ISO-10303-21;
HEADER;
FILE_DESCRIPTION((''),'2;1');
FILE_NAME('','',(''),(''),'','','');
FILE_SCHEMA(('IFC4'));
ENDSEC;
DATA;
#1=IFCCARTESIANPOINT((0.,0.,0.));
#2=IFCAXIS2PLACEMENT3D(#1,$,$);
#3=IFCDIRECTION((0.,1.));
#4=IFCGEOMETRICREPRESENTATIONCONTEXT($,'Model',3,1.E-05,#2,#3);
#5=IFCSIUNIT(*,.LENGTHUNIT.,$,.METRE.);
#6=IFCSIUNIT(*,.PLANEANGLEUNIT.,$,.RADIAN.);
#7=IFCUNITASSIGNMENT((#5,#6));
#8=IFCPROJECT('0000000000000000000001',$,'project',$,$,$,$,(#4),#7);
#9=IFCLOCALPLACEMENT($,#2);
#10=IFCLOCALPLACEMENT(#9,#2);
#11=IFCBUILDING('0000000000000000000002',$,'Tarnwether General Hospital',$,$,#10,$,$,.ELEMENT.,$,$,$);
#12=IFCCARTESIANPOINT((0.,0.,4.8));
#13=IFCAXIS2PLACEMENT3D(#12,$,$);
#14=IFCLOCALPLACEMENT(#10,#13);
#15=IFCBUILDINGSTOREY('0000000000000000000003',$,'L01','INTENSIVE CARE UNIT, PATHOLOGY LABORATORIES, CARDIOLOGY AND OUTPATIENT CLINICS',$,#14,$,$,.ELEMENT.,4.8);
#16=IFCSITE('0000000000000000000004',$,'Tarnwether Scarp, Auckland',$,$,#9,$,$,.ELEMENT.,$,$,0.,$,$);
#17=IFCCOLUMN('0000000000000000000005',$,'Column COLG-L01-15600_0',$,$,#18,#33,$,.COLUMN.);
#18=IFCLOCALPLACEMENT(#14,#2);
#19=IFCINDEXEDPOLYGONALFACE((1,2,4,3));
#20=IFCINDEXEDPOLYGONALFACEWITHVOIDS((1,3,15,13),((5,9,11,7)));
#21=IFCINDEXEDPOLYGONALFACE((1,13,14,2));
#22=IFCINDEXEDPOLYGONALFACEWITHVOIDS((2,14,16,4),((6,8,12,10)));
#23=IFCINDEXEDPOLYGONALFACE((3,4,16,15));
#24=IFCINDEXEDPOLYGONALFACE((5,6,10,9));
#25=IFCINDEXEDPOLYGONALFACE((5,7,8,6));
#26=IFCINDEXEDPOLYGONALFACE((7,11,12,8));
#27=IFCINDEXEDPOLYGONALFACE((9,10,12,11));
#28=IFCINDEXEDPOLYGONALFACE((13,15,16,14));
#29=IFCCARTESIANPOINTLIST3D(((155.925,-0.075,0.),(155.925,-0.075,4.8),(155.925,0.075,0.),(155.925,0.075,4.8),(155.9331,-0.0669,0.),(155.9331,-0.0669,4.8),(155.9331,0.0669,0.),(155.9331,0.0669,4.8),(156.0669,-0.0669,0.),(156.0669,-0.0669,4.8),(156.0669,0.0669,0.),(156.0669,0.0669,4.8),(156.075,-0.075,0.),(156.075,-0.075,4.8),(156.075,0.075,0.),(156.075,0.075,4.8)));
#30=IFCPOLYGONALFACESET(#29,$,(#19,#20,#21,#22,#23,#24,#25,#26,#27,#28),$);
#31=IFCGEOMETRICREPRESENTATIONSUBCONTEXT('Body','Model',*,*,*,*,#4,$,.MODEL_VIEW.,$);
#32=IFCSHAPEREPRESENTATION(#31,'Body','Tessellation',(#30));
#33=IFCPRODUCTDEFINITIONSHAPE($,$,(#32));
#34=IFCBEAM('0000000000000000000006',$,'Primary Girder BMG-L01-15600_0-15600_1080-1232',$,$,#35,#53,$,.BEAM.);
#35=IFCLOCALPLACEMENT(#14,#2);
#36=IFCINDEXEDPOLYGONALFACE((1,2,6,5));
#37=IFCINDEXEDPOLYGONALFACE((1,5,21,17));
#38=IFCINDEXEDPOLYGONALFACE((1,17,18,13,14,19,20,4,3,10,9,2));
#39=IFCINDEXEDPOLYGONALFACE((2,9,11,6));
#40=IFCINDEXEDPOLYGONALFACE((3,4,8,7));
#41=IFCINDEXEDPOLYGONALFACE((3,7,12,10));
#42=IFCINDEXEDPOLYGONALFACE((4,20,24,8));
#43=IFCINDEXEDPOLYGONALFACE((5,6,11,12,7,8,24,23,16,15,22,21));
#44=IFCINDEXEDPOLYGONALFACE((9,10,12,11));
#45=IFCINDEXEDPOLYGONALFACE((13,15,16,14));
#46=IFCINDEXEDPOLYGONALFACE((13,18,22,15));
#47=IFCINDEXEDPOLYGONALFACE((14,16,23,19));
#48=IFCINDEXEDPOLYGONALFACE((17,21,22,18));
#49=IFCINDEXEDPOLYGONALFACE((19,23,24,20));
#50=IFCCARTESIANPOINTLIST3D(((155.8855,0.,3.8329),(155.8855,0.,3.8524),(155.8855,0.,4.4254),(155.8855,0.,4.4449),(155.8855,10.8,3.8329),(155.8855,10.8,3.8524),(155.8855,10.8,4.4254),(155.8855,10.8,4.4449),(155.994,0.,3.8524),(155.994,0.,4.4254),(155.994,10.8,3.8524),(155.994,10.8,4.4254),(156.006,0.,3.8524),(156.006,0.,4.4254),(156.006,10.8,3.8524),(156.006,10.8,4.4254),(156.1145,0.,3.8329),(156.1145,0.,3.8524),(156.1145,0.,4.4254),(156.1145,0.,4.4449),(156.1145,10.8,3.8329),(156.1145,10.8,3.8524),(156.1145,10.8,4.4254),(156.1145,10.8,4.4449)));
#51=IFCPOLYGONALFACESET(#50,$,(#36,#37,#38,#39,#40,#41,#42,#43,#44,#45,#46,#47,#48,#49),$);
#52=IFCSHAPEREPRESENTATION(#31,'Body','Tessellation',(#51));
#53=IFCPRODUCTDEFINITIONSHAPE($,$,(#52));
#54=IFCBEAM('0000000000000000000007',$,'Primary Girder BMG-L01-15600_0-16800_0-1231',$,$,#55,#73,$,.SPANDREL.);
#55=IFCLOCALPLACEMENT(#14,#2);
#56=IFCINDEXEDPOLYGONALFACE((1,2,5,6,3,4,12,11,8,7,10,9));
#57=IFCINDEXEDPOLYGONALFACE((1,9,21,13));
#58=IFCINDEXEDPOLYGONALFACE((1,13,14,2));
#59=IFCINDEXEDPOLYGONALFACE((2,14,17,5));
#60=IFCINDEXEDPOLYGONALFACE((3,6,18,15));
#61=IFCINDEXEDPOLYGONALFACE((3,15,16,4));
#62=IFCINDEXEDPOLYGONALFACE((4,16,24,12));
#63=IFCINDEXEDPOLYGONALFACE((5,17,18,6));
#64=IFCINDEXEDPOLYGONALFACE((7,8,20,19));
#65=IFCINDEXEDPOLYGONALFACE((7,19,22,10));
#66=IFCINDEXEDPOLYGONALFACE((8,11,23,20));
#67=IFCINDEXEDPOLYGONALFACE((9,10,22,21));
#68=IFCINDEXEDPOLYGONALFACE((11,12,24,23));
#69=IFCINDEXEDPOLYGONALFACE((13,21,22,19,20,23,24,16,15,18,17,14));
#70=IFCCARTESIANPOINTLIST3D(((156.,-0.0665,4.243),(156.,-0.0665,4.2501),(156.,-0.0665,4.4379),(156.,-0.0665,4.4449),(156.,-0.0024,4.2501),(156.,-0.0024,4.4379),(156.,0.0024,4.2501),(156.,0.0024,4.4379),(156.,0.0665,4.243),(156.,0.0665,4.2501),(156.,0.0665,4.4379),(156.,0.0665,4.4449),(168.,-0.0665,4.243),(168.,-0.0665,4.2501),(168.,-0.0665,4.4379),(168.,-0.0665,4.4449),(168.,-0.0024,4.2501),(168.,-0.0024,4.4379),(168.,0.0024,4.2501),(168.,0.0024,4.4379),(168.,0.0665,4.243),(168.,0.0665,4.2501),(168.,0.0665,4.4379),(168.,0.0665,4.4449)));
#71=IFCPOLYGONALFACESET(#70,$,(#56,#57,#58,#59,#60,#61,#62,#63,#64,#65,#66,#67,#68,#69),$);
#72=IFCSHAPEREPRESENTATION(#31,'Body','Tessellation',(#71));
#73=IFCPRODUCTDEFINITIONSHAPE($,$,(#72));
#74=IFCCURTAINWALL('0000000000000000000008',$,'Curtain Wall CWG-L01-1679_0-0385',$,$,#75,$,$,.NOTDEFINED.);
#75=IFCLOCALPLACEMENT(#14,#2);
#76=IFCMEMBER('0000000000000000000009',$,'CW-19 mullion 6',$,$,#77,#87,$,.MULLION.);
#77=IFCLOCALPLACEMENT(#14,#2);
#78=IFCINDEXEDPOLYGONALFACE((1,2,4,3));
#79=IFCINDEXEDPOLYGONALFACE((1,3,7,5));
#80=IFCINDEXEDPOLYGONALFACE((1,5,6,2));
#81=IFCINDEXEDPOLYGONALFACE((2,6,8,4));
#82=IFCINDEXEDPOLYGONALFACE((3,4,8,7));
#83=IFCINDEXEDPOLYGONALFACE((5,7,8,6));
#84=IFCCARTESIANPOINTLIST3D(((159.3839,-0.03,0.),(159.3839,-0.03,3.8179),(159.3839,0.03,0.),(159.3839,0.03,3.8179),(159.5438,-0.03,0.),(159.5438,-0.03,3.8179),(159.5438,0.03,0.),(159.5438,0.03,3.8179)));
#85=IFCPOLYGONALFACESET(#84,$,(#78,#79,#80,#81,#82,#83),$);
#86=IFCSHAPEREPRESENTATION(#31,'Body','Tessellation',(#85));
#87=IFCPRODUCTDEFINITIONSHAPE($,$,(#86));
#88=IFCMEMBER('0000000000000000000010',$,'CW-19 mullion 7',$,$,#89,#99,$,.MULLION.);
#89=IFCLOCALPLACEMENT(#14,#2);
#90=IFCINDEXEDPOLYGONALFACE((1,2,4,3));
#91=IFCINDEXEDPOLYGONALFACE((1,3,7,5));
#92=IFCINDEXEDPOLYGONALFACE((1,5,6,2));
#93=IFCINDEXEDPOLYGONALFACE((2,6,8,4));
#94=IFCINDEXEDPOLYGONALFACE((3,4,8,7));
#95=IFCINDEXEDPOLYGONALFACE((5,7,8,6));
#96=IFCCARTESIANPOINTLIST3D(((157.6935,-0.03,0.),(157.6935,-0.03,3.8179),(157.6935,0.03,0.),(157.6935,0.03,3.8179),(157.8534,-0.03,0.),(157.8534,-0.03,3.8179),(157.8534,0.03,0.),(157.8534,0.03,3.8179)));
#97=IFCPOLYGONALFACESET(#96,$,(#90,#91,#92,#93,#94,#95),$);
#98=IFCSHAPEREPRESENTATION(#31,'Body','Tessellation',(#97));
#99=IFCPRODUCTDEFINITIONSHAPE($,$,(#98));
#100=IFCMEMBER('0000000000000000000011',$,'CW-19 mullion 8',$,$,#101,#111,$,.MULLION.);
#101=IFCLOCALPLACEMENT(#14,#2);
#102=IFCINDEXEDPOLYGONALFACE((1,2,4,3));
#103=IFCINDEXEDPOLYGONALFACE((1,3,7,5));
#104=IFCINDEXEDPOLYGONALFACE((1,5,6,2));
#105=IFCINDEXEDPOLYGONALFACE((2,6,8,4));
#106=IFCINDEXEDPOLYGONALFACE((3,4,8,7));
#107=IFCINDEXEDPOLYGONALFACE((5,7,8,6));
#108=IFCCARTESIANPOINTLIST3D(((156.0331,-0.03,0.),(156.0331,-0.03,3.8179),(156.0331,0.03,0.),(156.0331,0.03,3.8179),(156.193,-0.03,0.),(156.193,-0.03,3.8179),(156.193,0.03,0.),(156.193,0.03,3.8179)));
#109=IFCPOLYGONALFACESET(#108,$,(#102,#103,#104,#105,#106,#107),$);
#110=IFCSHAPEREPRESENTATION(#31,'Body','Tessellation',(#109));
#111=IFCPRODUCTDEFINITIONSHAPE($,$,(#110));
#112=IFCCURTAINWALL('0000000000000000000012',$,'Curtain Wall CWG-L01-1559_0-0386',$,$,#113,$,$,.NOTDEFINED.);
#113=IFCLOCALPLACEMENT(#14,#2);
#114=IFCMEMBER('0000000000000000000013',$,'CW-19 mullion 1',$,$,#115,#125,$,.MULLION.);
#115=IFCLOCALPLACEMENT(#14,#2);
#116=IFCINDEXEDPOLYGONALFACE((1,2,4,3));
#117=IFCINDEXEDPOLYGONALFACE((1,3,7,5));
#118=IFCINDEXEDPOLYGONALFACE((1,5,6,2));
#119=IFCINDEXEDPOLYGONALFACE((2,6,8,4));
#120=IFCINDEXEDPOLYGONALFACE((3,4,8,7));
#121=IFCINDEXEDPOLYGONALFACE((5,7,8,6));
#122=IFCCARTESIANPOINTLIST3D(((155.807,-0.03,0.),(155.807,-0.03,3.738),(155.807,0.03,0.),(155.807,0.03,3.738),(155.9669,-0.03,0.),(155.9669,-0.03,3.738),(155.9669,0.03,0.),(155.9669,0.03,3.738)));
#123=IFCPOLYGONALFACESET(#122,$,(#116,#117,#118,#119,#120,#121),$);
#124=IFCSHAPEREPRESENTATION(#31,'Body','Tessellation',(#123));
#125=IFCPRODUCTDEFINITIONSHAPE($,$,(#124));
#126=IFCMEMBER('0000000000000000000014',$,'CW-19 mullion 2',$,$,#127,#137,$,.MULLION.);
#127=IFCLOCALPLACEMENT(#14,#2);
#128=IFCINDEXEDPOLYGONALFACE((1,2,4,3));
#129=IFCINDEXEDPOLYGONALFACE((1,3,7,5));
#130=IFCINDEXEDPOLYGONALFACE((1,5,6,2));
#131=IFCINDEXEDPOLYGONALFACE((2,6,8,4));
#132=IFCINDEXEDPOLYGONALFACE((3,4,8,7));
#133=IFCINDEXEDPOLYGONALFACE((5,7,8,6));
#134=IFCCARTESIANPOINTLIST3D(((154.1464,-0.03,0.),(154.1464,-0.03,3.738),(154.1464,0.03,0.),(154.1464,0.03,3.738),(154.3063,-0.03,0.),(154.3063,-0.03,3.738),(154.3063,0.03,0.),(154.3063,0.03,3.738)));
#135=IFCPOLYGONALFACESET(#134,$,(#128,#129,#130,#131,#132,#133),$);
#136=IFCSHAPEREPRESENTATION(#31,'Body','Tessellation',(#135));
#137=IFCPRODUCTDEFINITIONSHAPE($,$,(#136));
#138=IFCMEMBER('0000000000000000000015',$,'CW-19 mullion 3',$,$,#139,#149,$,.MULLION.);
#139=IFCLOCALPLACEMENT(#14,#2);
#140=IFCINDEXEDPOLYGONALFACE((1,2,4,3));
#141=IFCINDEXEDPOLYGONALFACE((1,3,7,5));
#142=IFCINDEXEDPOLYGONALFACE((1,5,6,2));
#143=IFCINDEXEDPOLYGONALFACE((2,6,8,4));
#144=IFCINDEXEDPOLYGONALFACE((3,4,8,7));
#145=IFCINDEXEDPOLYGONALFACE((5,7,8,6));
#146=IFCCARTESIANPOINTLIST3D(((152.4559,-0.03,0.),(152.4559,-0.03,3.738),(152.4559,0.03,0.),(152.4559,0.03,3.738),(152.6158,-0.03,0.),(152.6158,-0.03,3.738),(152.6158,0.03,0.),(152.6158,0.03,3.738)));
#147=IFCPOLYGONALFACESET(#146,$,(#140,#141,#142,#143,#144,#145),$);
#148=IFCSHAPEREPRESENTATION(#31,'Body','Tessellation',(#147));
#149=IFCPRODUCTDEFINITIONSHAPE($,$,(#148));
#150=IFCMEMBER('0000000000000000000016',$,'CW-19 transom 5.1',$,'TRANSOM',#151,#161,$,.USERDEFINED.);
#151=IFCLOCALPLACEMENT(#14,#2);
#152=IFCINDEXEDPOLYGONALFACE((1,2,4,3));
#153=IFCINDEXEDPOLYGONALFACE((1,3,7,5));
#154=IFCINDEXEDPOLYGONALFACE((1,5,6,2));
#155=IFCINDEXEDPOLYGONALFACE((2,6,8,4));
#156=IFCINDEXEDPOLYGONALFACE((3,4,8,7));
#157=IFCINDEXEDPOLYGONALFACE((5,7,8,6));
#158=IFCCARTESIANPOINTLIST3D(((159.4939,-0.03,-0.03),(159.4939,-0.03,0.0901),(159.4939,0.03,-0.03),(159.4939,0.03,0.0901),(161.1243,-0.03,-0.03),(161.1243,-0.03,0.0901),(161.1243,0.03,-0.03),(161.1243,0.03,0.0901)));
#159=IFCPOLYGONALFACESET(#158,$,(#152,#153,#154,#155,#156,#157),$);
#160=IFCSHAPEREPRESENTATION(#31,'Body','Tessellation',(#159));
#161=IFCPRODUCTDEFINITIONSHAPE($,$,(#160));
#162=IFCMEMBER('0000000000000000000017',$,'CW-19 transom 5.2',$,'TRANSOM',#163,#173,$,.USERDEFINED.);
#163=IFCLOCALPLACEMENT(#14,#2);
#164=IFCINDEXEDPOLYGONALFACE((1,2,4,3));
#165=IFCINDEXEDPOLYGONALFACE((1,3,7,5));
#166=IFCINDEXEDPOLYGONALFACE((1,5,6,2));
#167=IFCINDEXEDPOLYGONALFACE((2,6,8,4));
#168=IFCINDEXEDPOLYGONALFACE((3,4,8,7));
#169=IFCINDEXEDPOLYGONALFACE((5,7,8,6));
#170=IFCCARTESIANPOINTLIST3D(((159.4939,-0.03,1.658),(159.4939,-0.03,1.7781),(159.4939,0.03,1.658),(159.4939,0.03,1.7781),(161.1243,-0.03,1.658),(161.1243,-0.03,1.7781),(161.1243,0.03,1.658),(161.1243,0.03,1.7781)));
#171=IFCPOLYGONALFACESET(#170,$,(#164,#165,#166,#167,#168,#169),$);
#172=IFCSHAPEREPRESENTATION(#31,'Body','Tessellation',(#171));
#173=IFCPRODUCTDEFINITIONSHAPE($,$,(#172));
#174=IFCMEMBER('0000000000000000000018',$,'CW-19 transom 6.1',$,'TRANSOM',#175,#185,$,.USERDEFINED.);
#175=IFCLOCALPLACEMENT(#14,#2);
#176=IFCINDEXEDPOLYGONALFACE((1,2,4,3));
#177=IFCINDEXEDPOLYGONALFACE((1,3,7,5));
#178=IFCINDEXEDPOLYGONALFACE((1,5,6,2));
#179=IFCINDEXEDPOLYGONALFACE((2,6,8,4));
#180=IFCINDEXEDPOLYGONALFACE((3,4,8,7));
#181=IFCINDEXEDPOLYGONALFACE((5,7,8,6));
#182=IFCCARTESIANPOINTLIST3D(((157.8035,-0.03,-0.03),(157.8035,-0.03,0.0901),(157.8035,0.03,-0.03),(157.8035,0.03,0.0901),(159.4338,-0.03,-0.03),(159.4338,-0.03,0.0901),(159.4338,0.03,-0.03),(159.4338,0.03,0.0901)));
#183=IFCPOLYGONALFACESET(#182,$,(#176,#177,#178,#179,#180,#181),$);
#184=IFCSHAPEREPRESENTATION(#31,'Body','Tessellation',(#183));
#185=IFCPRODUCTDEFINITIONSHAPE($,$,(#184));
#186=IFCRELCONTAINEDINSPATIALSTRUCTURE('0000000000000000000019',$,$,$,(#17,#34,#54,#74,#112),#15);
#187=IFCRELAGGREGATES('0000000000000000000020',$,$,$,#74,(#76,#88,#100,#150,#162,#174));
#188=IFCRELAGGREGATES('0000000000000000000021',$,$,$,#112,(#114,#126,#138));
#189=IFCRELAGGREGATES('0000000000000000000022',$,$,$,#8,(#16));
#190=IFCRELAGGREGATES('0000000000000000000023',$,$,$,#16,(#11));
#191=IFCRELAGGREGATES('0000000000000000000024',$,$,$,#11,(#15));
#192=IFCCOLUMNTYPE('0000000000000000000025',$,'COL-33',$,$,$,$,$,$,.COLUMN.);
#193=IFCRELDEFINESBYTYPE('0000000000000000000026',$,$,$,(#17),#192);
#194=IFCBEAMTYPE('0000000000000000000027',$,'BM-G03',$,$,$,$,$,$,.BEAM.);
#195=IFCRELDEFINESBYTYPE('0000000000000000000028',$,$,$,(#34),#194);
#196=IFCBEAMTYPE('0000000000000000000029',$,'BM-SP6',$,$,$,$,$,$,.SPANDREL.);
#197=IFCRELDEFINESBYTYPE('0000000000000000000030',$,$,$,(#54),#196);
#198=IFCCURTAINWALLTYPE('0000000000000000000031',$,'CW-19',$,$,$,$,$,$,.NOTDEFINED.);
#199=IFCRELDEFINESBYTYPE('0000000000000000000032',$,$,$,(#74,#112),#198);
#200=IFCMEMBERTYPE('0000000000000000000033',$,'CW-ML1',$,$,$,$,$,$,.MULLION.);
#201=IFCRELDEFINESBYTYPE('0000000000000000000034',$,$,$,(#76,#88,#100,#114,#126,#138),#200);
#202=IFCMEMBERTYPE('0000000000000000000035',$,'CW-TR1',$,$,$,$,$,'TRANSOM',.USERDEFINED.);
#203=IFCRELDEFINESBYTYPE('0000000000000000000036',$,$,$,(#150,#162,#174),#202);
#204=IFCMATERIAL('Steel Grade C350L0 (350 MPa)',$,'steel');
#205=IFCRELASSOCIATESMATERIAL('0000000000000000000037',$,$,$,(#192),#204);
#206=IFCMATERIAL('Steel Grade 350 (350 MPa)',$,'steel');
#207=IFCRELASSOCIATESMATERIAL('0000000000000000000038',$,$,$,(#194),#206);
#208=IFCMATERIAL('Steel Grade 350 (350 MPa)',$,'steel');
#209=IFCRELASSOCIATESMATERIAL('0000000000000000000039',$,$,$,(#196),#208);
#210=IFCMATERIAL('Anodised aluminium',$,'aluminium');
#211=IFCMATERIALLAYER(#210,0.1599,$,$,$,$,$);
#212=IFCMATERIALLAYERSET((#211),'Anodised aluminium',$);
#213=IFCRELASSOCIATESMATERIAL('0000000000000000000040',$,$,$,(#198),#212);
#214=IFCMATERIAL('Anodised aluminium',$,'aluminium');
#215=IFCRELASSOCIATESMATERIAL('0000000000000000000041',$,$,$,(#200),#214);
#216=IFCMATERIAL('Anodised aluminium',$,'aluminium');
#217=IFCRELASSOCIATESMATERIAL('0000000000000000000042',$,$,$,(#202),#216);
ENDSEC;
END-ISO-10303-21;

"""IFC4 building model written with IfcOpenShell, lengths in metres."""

from ifc_helpers import new_model, si_unit, direction, frame, origin, origin_2d, place, context, subcontext, project, spatial, rectangle, hollow_rectangle, i_section, extrude, material, layer, layer_set, material_profile, profile_set, type_object, element, aggregate, save


model = new_model("IFC4")

# Units and contexts
model_context = context("Model", 3, precision=1e-05, world=origin(), true_north=direction((0.0, 1.0)))
body_context = subcontext(model_context, "Body", "Model", "MODEL_VIEW")
ifc_project = project(units=[si_unit("LENGTHUNIT", "METRE"), si_unit("PLANEANGLEUNIT", "RADIAN")], contexts=[model_context])

# Site, building, storey
site_placement = place(None, origin())
site = spatial("IfcSite", under=ifc_project, at=site_placement, Name="Tarnwether Scarp, Auckland", CompositionType="ELEMENT", RefElevation=0.0)
building_placement = place(site_placement, origin())
building = spatial("IfcBuilding", under=site, at=building_placement, Name="Tarnwether General Hospital", CompositionType="ELEMENT")
storey_placement = place(building_placement, frame((0.0, 0.0, 4.8)))
storey = spatial("IfcBuildingStorey", under=building, at=storey_placement, Name="L01", Description="INTENSIVE CARE UNIT, PATHOLOGY LABORATORIES, CARDIOLOGY AND OUTPATIENT CLINICS", CompositionType="ELEMENT", Elevation=4.8)

# Column
ifc_material_1 = material(Name="Steel Grade C350L0 (350 MPa)", Category="steel")
ifc_material_profile_1 = material_profile(ifc_material_1, hollow_rectangle(XDim=0.1499, YDim=0.1499, WallThickness=0.0081, at=origin_2d()), Name="SHS150x150x8")
ifc_profile_set_1 = profile_set([ifc_material_profile_1], Name="Steel Grade C350L0 (350 MPa)")
column_type = type_object("IfcColumnType", Name="COL-33", PredefinedType="COLUMN", material=ifc_profile_set_1)
column_placement = place(storey_placement, frame((156.0, 0.0, 0.0), z_axis=(0.0, 0.0, 1.0), x_axis=(0.0, 1.0, 0.0)))
element("IfcColumn", 1, at=column_placement, inside=storey, type_object=column_type, Name="Column COLG-L01-15600_0", PredefinedType="COLUMN", context=body_context, shape_type="SweptSolid", body=[
    extrude(hollow_rectangle(XDim=0.1499, YDim=0.1499, WallThickness=0.0081, at=origin_2d()), origin(), (0.0, 0.0, 1.0), 4.8),
])

# Beams
ifc_material_2 = material(Name="Steel Grade 350 (350 MPa)", Category="steel")
ifc_material_profile_2 = material_profile(ifc_material_2, i_section(OverallWidth=0.229, OverallDepth=0.6121, WebThickness=0.012, FlangeThickness=0.0195, at=origin_2d()), Name="610UB125")
ifc_profile_set_2 = profile_set([ifc_material_profile_2], Name="Steel Grade 350 (350 MPa)")
beam_type_1 = type_object("IfcBeamType", Name="BM-G03", PredefinedType="BEAM", material=ifc_profile_set_2)
beam_1_placement = place(storey_placement, frame((156.0, 0.0, 4.1389), z_axis=(0.0, 1.0, 0.0), x_axis=(-1.0, 0.0, 0.0)))
element("IfcBeam", 2, at=beam_1_placement, inside=storey, type_object=beam_type_1, Name="Primary Girder BMG-L01-15600_0-15600_1080-1232", PredefinedType="BEAM", context=body_context, shape_type="SweptSolid", body=[
    extrude(i_section(OverallWidth=0.229, OverallDepth=0.6121, WebThickness=0.012, FlangeThickness=0.0195, at=origin_2d()), origin(), (0.0, 0.0, 1.0), 10.8),
])
ifc_material_3 = material(Name="Steel Grade 350 (350 MPa)", Category="steel")
ifc_material_profile_3 = material_profile(ifc_material_3, i_section(OverallWidth=0.1331, OverallDepth=0.2019, WebThickness=0.0049, FlangeThickness=0.0071, at=origin_2d()), Name="200UB22.3")
ifc_profile_set_3 = profile_set([ifc_material_profile_3], Name="Steel Grade 350 (350 MPa)")
beam_type_2 = type_object("IfcBeamType", Name="BM-SP6", PredefinedType="SPANDREL", material=ifc_profile_set_3)
beam_2_placement = place(storey_placement, frame((156.0, 0.0, 4.344), z_axis=(1.0, 0.0, 0.0), x_axis=(0.0, 1.0, 0.0)))
element("IfcBeam", 3, at=beam_2_placement, inside=storey, type_object=beam_type_2, Name="Primary Girder BMG-L01-15600_0-16800_0-1231", PredefinedType="SPANDREL", context=body_context, shape_type="SweptSolid", body=[
    extrude(i_section(OverallWidth=0.1331, OverallDepth=0.2019, WebThickness=0.0049, FlangeThickness=0.0071, at=origin_2d()), origin(), (0.0, 0.0, 1.0), 12.0),
])

# Curtain walls, members
ifc_material_4 = material(Name="Anodised aluminium", Category="aluminium")
ifc_layer_1 = layer(ifc_material_4, 0.1599)
ifc_layer_set_1 = layer_set([ifc_layer_1], Name="Anodised aluminium")
curtain_wall_type = type_object("IfcCurtainWallType", Name="CW-19", PredefinedType="NOTDEFINED", material=ifc_layer_set_1)
curtain_wall_1_placement = place(storey_placement, origin())
curtain_wall_1 = element("IfcCurtainWall", 4, at=curtain_wall_1_placement, inside=storey, type_object=curtain_wall_type, Name="Curtain Wall CWG-L01-1679_0-0385", PredefinedType="NOTDEFINED")
ifc_material_5 = material(Name="Anodised aluminium", Category="aluminium")
ifc_material_profile_4 = material_profile(ifc_material_5, rectangle(XDim=0.0601, YDim=0.1599, at=origin_2d()), Name="ALU-MUL-60x160")
ifc_profile_set_4 = profile_set([ifc_material_profile_4], Name="Anodised aluminium")
member_type_1 = type_object("IfcMemberType", Name="CW-ML1", PredefinedType="MULLION", material=ifc_profile_set_4)
member_1_placement = place(storey_placement, frame((159.4639, 0.0, 0.0), z_axis=(0.0, 0.0, 1.0), x_axis=(0.0, -1.0, 0.0)))
member_1 = element("IfcMember", 5, at=member_1_placement, type_object=member_type_1, Name="CW-19 mullion 6", PredefinedType="MULLION", context=body_context, shape_type="SweptSolid", body=[
    extrude(rectangle(XDim=0.0601, YDim=0.1599, at=origin_2d()), origin(), (0.0, 0.0, 1.0), 3.8179),
])
member_2_placement = place(storey_placement, frame((157.7734, 0.0, 0.0), z_axis=(0.0, 0.0, 1.0), x_axis=(0.0, -1.0, 0.0)))
member_2 = element("IfcMember", 6, at=member_2_placement, type_object=member_type_1, Name="CW-19 mullion 7", PredefinedType="MULLION", context=body_context, shape_type="SweptSolid", body=[
    extrude(rectangle(XDim=0.0601, YDim=0.1599, at=origin_2d()), origin(), (0.0, 0.0, 1.0), 3.8179),
])
member_3_placement = place(storey_placement, frame((156.113, 0.0, 0.0), z_axis=(0.0, 0.0, 1.0), x_axis=(0.0, -1.0, 0.0)))
member_3 = element("IfcMember", 7, at=member_3_placement, type_object=member_type_1, Name="CW-19 mullion 8", PredefinedType="MULLION", context=body_context, shape_type="SweptSolid", body=[
    extrude(rectangle(XDim=0.0601, YDim=0.1599, at=origin_2d()), origin(), (0.0, 0.0, 1.0), 3.8179),
])
curtain_wall_2_placement = place(storey_placement, origin())
curtain_wall_2 = element("IfcCurtainWall", 8, at=curtain_wall_2_placement, inside=storey, type_object=curtain_wall_type, Name="Curtain Wall CWG-L01-1559_0-0386", PredefinedType="NOTDEFINED")
member_4_placement = place(storey_placement, frame((155.887, 0.0, 0.0), z_axis=(0.0, 0.0, 1.0), x_axis=(0.0, -1.0, 0.0)))
member_4 = element("IfcMember", 9, at=member_4_placement, type_object=member_type_1, Name="CW-19 mullion 1", PredefinedType="MULLION", context=body_context, shape_type="SweptSolid", body=[
    extrude(rectangle(XDim=0.0601, YDim=0.1599, at=origin_2d()), origin(), (0.0, 0.0, 1.0), 3.738),
])
member_5_placement = place(storey_placement, frame((154.2263, 0.0, 0.0), z_axis=(0.0, 0.0, 1.0), x_axis=(0.0, -1.0, 0.0)))
member_5 = element("IfcMember", 10, at=member_5_placement, type_object=member_type_1, Name="CW-19 mullion 2", PredefinedType="MULLION", context=body_context, shape_type="SweptSolid", body=[
    extrude(rectangle(XDim=0.0601, YDim=0.1599, at=origin_2d()), origin(), (0.0, 0.0, 1.0), 3.738),
])
member_6_placement = place(storey_placement, frame((152.5359, 0.0, 0.0), z_axis=(0.0, 0.0, 1.0), x_axis=(0.0, -1.0, 0.0)))
member_6 = element("IfcMember", 11, at=member_6_placement, type_object=member_type_1, Name="CW-19 mullion 3", PredefinedType="MULLION", context=body_context, shape_type="SweptSolid", body=[
    extrude(rectangle(XDim=0.0601, YDim=0.1599, at=origin_2d()), origin(), (0.0, 0.0, 1.0), 3.738),
])

# Members
ifc_material_6 = material(Name="Anodised aluminium", Category="aluminium")
ifc_material_profile_5 = material_profile(ifc_material_6, rectangle(XDim=0.0601, YDim=0.1201, at=origin_2d()), Name="ALU-TRN-60x120")
ifc_profile_set_5 = profile_set([ifc_material_profile_5], Name="Anodised aluminium")
member_type_2 = type_object("IfcMemberType", Name="CW-TR1", ElementType="TRANSOM", PredefinedType="USERDEFINED", material=ifc_profile_set_5)
member_7_placement = place(storey_placement, frame((161.1243, 0.0, 0.03), z_axis=(-1.0, 0.0, 0.0), x_axis=(0.0, -1.0, 0.0)))
member_7 = element("IfcMember", 12, at=member_7_placement, type_object=member_type_2, Name="CW-19 transom 5.1", ObjectType="TRANSOM", PredefinedType="USERDEFINED", context=body_context, shape_type="SweptSolid", body=[
    extrude(rectangle(XDim=0.0601, YDim=0.1201, at=origin_2d()), origin(), (0.0, 0.0, 1.0), 1.6304),
])
member_8_placement = place(storey_placement, frame((161.1243, 0.0, 1.718), z_axis=(-1.0, 0.0, 0.0), x_axis=(0.0, -1.0, 0.0)))
member_8 = element("IfcMember", 13, at=member_8_placement, type_object=member_type_2, Name="CW-19 transom 5.2", ObjectType="TRANSOM", PredefinedType="USERDEFINED", context=body_context, shape_type="SweptSolid", body=[
    extrude(rectangle(XDim=0.0601, YDim=0.1201, at=origin_2d()), origin(), (0.0, 0.0, 1.0), 1.6304),
])
member_9_placement = place(storey_placement, frame((159.4338, 0.0, 0.03), z_axis=(-1.0, 0.0, 0.0), x_axis=(0.0, -1.0, 0.0)))
member_9 = element("IfcMember", 14, at=member_9_placement, type_object=member_type_2, Name="CW-19 transom 6.1", ObjectType="TRANSOM", PredefinedType="USERDEFINED", context=body_context, shape_type="SweptSolid", body=[
    extrude(rectangle(XDim=0.0601, YDim=0.1201, at=origin_2d()), origin(), (0.0, 0.0, 1.0), 1.6304),
])

aggregate(curtain_wall_1, [member_1, member_2, member_3, member_7, member_8, member_9])
aggregate(curtain_wall_2, [member_4, member_5, member_6])

save(model, "model.ifc")
